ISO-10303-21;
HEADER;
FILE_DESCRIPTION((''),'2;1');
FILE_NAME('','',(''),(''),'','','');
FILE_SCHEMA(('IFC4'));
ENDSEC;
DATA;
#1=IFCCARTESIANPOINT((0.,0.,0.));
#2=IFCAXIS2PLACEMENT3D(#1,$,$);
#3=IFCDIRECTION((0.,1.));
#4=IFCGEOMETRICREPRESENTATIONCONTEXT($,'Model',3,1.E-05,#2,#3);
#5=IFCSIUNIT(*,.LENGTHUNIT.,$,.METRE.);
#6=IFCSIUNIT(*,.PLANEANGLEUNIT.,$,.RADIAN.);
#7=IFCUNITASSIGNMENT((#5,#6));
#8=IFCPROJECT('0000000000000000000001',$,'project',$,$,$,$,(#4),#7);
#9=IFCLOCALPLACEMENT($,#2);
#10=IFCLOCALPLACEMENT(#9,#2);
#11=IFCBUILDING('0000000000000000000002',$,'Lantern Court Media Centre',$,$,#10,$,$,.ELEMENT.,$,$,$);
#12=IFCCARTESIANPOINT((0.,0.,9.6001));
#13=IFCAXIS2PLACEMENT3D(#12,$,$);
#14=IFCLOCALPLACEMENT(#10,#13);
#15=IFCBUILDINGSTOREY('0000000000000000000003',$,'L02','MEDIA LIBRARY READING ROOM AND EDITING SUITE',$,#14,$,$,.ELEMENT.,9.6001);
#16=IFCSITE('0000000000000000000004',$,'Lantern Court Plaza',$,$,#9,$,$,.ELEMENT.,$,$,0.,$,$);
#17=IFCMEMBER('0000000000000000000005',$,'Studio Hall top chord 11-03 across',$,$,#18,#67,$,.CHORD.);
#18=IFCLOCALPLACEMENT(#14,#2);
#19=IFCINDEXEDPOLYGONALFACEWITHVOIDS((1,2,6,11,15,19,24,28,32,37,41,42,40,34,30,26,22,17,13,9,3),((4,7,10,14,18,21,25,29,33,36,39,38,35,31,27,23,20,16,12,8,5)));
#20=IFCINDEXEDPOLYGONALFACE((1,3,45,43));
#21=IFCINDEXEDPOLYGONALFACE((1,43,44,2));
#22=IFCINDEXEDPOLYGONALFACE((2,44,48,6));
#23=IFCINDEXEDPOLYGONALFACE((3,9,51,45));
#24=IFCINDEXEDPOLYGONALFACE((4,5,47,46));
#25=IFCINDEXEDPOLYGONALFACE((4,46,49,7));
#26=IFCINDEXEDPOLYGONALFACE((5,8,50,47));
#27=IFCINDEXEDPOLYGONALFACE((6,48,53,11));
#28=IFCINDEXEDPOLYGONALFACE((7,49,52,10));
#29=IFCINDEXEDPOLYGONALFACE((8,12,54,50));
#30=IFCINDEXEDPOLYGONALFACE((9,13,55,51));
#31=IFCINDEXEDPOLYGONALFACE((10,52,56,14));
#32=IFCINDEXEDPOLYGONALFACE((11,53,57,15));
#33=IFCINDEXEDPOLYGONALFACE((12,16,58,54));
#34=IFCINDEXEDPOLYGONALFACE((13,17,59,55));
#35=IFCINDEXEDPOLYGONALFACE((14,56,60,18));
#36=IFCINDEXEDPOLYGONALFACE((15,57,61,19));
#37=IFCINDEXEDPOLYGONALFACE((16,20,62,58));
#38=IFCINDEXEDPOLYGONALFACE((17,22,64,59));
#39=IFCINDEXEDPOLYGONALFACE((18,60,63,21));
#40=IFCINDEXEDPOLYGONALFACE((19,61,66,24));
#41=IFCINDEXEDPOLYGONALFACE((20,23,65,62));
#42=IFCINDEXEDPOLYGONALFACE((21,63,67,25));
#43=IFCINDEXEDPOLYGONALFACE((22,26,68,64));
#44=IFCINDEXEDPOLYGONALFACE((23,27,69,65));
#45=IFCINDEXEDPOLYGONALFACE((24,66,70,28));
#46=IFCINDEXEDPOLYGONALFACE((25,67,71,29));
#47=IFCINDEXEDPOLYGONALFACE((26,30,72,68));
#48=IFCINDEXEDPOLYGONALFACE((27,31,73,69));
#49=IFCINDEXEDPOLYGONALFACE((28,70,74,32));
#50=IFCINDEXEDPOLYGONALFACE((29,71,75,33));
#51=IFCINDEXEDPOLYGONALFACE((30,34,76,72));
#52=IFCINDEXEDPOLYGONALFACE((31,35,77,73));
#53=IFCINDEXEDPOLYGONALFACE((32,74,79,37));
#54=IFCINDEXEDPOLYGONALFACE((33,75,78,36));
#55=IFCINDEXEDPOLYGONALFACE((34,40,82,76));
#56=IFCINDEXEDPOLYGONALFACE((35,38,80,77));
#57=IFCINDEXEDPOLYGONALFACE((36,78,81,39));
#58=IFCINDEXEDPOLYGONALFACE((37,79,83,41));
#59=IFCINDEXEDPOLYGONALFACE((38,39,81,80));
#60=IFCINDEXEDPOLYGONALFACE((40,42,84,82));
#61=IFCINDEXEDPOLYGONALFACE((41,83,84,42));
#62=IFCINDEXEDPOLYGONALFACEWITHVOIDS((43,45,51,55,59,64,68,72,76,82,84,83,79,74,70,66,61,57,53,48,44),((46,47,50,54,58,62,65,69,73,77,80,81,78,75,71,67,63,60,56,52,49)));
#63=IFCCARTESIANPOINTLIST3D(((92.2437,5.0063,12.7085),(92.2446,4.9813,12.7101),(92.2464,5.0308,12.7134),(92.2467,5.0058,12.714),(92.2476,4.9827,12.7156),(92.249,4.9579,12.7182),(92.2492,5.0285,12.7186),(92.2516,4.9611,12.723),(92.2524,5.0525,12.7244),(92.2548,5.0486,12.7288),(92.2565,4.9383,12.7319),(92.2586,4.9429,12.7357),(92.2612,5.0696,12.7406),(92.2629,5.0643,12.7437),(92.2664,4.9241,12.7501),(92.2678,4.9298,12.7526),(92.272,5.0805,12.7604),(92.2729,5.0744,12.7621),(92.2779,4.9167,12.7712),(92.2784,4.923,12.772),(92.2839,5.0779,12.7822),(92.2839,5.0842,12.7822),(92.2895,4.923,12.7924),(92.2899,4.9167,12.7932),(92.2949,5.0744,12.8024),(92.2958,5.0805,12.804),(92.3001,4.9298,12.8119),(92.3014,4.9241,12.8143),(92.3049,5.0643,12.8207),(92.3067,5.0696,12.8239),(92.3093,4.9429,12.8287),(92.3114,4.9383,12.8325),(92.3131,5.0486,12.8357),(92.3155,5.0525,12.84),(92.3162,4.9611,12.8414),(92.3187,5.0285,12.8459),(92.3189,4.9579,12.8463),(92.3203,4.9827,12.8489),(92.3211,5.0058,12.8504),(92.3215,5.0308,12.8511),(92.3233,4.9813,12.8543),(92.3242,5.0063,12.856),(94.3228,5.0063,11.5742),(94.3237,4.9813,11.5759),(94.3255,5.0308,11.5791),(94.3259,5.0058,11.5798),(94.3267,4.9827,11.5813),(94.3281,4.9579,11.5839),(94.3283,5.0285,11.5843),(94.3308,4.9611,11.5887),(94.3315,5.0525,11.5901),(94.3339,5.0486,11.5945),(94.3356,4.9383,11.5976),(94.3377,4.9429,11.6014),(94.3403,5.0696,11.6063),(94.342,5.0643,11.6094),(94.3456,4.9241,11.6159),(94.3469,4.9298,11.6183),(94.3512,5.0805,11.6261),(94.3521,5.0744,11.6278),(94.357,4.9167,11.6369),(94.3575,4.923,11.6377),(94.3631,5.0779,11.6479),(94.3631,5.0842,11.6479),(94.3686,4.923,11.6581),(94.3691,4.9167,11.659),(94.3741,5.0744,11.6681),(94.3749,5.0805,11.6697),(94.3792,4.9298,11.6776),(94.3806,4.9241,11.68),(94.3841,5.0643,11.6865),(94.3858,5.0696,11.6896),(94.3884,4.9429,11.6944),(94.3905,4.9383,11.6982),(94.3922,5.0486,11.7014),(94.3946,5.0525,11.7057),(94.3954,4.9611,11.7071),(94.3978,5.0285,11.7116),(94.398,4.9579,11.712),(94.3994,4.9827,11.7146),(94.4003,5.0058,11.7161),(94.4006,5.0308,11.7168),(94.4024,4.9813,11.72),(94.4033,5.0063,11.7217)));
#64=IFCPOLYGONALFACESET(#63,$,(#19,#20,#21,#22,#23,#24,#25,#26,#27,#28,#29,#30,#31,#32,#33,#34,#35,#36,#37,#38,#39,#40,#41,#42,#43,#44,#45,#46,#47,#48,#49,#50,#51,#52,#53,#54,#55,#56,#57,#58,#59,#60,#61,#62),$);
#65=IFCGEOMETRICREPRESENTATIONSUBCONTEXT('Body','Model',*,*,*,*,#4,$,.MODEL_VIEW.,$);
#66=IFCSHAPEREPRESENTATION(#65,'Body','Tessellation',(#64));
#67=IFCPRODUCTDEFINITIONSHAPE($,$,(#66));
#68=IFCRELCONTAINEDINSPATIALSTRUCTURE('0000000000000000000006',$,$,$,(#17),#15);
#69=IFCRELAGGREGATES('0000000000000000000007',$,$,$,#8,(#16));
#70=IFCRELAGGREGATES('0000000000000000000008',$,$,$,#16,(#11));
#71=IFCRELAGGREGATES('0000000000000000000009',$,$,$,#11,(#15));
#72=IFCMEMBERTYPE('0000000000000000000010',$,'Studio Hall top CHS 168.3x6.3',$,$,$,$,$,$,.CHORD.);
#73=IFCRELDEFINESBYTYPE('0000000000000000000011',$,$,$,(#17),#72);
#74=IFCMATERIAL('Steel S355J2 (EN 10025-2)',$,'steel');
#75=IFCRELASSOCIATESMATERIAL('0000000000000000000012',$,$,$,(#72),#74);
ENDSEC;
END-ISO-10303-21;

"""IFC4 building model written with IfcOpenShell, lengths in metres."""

from ifc_helpers import new_model, si_unit, direction, frame, origin, origin_2d, place, context, subcontext, project, spatial, hollow_circle, extrude, material, material_profile, profile_set, type_object, element, save


model = new_model("IFC4")

# Units and contexts
model_context = context("Model", 3, precision=1e-05, world=origin(), true_north=direction((0.0, 1.0)))
body_context = subcontext(model_context, "Body", "Model", "MODEL_VIEW")
ifc_project = project(units=[si_unit("LENGTHUNIT", "METRE"), si_unit("PLANEANGLEUNIT", "RADIAN")], contexts=[model_context])

# Site, building, storey
site_placement = place(None, origin())
site = spatial("IfcSite", under=ifc_project, at=site_placement, Name="Lantern Court Plaza", CompositionType="ELEMENT", RefElevation=0.0)
building_placement = place(site_placement, origin())
building = spatial("IfcBuilding", under=site, at=building_placement, Name="Lantern Court Media Centre", CompositionType="ELEMENT")
storey_placement = place(building_placement, frame((0.0, 0.0, 9.6001)))
storey = spatial("IfcBuildingStorey", under=building, at=storey_placement, Name="L02", Description="MEDIA LIBRARY READING ROOM AND EDITING SUITE", CompositionType="ELEMENT", Elevation=9.6001)

# Member
ifc_material = material(Name="Steel S355J2 (EN 10025-2)", Category="steel")
ifc_material_profile_1 = material_profile(ifc_material, hollow_circle(Radius=0.0842, WallThickness=0.0063, at=origin_2d()), Name="Studio Hall top CHS 168.3x6.3")
ifc_profile_set_1 = profile_set([ifc_material_profile_1], Name="Steel S355J2 (EN 10025-2)")
member_type_1 = type_object("IfcMemberType", Name="Studio Hall top CHS 168.3x6.3", PredefinedType="CHORD", material=ifc_profile_set_1)
member_1_placement = place(storey_placement, frame((92.2839, 5.0, 12.7822), z_axis=(0.877856, 0.0, -0.478924), x_axis=(0.0, 1.0, 0.0)))
element("IfcMember", 1, at=member_1_placement, inside=storey, type_object=member_type_1, Name="Studio Hall top chord 11-03 across", PredefinedType="CHORD", context=body_context, shape_type="SweptSolid", body=[
    extrude(hollow_circle(Radius=0.0842, WallThickness=0.0063, at=origin_2d()), origin(), (0.0, 0.0, 1.0), 2.3684),
])

save(model, "model.ifc")
